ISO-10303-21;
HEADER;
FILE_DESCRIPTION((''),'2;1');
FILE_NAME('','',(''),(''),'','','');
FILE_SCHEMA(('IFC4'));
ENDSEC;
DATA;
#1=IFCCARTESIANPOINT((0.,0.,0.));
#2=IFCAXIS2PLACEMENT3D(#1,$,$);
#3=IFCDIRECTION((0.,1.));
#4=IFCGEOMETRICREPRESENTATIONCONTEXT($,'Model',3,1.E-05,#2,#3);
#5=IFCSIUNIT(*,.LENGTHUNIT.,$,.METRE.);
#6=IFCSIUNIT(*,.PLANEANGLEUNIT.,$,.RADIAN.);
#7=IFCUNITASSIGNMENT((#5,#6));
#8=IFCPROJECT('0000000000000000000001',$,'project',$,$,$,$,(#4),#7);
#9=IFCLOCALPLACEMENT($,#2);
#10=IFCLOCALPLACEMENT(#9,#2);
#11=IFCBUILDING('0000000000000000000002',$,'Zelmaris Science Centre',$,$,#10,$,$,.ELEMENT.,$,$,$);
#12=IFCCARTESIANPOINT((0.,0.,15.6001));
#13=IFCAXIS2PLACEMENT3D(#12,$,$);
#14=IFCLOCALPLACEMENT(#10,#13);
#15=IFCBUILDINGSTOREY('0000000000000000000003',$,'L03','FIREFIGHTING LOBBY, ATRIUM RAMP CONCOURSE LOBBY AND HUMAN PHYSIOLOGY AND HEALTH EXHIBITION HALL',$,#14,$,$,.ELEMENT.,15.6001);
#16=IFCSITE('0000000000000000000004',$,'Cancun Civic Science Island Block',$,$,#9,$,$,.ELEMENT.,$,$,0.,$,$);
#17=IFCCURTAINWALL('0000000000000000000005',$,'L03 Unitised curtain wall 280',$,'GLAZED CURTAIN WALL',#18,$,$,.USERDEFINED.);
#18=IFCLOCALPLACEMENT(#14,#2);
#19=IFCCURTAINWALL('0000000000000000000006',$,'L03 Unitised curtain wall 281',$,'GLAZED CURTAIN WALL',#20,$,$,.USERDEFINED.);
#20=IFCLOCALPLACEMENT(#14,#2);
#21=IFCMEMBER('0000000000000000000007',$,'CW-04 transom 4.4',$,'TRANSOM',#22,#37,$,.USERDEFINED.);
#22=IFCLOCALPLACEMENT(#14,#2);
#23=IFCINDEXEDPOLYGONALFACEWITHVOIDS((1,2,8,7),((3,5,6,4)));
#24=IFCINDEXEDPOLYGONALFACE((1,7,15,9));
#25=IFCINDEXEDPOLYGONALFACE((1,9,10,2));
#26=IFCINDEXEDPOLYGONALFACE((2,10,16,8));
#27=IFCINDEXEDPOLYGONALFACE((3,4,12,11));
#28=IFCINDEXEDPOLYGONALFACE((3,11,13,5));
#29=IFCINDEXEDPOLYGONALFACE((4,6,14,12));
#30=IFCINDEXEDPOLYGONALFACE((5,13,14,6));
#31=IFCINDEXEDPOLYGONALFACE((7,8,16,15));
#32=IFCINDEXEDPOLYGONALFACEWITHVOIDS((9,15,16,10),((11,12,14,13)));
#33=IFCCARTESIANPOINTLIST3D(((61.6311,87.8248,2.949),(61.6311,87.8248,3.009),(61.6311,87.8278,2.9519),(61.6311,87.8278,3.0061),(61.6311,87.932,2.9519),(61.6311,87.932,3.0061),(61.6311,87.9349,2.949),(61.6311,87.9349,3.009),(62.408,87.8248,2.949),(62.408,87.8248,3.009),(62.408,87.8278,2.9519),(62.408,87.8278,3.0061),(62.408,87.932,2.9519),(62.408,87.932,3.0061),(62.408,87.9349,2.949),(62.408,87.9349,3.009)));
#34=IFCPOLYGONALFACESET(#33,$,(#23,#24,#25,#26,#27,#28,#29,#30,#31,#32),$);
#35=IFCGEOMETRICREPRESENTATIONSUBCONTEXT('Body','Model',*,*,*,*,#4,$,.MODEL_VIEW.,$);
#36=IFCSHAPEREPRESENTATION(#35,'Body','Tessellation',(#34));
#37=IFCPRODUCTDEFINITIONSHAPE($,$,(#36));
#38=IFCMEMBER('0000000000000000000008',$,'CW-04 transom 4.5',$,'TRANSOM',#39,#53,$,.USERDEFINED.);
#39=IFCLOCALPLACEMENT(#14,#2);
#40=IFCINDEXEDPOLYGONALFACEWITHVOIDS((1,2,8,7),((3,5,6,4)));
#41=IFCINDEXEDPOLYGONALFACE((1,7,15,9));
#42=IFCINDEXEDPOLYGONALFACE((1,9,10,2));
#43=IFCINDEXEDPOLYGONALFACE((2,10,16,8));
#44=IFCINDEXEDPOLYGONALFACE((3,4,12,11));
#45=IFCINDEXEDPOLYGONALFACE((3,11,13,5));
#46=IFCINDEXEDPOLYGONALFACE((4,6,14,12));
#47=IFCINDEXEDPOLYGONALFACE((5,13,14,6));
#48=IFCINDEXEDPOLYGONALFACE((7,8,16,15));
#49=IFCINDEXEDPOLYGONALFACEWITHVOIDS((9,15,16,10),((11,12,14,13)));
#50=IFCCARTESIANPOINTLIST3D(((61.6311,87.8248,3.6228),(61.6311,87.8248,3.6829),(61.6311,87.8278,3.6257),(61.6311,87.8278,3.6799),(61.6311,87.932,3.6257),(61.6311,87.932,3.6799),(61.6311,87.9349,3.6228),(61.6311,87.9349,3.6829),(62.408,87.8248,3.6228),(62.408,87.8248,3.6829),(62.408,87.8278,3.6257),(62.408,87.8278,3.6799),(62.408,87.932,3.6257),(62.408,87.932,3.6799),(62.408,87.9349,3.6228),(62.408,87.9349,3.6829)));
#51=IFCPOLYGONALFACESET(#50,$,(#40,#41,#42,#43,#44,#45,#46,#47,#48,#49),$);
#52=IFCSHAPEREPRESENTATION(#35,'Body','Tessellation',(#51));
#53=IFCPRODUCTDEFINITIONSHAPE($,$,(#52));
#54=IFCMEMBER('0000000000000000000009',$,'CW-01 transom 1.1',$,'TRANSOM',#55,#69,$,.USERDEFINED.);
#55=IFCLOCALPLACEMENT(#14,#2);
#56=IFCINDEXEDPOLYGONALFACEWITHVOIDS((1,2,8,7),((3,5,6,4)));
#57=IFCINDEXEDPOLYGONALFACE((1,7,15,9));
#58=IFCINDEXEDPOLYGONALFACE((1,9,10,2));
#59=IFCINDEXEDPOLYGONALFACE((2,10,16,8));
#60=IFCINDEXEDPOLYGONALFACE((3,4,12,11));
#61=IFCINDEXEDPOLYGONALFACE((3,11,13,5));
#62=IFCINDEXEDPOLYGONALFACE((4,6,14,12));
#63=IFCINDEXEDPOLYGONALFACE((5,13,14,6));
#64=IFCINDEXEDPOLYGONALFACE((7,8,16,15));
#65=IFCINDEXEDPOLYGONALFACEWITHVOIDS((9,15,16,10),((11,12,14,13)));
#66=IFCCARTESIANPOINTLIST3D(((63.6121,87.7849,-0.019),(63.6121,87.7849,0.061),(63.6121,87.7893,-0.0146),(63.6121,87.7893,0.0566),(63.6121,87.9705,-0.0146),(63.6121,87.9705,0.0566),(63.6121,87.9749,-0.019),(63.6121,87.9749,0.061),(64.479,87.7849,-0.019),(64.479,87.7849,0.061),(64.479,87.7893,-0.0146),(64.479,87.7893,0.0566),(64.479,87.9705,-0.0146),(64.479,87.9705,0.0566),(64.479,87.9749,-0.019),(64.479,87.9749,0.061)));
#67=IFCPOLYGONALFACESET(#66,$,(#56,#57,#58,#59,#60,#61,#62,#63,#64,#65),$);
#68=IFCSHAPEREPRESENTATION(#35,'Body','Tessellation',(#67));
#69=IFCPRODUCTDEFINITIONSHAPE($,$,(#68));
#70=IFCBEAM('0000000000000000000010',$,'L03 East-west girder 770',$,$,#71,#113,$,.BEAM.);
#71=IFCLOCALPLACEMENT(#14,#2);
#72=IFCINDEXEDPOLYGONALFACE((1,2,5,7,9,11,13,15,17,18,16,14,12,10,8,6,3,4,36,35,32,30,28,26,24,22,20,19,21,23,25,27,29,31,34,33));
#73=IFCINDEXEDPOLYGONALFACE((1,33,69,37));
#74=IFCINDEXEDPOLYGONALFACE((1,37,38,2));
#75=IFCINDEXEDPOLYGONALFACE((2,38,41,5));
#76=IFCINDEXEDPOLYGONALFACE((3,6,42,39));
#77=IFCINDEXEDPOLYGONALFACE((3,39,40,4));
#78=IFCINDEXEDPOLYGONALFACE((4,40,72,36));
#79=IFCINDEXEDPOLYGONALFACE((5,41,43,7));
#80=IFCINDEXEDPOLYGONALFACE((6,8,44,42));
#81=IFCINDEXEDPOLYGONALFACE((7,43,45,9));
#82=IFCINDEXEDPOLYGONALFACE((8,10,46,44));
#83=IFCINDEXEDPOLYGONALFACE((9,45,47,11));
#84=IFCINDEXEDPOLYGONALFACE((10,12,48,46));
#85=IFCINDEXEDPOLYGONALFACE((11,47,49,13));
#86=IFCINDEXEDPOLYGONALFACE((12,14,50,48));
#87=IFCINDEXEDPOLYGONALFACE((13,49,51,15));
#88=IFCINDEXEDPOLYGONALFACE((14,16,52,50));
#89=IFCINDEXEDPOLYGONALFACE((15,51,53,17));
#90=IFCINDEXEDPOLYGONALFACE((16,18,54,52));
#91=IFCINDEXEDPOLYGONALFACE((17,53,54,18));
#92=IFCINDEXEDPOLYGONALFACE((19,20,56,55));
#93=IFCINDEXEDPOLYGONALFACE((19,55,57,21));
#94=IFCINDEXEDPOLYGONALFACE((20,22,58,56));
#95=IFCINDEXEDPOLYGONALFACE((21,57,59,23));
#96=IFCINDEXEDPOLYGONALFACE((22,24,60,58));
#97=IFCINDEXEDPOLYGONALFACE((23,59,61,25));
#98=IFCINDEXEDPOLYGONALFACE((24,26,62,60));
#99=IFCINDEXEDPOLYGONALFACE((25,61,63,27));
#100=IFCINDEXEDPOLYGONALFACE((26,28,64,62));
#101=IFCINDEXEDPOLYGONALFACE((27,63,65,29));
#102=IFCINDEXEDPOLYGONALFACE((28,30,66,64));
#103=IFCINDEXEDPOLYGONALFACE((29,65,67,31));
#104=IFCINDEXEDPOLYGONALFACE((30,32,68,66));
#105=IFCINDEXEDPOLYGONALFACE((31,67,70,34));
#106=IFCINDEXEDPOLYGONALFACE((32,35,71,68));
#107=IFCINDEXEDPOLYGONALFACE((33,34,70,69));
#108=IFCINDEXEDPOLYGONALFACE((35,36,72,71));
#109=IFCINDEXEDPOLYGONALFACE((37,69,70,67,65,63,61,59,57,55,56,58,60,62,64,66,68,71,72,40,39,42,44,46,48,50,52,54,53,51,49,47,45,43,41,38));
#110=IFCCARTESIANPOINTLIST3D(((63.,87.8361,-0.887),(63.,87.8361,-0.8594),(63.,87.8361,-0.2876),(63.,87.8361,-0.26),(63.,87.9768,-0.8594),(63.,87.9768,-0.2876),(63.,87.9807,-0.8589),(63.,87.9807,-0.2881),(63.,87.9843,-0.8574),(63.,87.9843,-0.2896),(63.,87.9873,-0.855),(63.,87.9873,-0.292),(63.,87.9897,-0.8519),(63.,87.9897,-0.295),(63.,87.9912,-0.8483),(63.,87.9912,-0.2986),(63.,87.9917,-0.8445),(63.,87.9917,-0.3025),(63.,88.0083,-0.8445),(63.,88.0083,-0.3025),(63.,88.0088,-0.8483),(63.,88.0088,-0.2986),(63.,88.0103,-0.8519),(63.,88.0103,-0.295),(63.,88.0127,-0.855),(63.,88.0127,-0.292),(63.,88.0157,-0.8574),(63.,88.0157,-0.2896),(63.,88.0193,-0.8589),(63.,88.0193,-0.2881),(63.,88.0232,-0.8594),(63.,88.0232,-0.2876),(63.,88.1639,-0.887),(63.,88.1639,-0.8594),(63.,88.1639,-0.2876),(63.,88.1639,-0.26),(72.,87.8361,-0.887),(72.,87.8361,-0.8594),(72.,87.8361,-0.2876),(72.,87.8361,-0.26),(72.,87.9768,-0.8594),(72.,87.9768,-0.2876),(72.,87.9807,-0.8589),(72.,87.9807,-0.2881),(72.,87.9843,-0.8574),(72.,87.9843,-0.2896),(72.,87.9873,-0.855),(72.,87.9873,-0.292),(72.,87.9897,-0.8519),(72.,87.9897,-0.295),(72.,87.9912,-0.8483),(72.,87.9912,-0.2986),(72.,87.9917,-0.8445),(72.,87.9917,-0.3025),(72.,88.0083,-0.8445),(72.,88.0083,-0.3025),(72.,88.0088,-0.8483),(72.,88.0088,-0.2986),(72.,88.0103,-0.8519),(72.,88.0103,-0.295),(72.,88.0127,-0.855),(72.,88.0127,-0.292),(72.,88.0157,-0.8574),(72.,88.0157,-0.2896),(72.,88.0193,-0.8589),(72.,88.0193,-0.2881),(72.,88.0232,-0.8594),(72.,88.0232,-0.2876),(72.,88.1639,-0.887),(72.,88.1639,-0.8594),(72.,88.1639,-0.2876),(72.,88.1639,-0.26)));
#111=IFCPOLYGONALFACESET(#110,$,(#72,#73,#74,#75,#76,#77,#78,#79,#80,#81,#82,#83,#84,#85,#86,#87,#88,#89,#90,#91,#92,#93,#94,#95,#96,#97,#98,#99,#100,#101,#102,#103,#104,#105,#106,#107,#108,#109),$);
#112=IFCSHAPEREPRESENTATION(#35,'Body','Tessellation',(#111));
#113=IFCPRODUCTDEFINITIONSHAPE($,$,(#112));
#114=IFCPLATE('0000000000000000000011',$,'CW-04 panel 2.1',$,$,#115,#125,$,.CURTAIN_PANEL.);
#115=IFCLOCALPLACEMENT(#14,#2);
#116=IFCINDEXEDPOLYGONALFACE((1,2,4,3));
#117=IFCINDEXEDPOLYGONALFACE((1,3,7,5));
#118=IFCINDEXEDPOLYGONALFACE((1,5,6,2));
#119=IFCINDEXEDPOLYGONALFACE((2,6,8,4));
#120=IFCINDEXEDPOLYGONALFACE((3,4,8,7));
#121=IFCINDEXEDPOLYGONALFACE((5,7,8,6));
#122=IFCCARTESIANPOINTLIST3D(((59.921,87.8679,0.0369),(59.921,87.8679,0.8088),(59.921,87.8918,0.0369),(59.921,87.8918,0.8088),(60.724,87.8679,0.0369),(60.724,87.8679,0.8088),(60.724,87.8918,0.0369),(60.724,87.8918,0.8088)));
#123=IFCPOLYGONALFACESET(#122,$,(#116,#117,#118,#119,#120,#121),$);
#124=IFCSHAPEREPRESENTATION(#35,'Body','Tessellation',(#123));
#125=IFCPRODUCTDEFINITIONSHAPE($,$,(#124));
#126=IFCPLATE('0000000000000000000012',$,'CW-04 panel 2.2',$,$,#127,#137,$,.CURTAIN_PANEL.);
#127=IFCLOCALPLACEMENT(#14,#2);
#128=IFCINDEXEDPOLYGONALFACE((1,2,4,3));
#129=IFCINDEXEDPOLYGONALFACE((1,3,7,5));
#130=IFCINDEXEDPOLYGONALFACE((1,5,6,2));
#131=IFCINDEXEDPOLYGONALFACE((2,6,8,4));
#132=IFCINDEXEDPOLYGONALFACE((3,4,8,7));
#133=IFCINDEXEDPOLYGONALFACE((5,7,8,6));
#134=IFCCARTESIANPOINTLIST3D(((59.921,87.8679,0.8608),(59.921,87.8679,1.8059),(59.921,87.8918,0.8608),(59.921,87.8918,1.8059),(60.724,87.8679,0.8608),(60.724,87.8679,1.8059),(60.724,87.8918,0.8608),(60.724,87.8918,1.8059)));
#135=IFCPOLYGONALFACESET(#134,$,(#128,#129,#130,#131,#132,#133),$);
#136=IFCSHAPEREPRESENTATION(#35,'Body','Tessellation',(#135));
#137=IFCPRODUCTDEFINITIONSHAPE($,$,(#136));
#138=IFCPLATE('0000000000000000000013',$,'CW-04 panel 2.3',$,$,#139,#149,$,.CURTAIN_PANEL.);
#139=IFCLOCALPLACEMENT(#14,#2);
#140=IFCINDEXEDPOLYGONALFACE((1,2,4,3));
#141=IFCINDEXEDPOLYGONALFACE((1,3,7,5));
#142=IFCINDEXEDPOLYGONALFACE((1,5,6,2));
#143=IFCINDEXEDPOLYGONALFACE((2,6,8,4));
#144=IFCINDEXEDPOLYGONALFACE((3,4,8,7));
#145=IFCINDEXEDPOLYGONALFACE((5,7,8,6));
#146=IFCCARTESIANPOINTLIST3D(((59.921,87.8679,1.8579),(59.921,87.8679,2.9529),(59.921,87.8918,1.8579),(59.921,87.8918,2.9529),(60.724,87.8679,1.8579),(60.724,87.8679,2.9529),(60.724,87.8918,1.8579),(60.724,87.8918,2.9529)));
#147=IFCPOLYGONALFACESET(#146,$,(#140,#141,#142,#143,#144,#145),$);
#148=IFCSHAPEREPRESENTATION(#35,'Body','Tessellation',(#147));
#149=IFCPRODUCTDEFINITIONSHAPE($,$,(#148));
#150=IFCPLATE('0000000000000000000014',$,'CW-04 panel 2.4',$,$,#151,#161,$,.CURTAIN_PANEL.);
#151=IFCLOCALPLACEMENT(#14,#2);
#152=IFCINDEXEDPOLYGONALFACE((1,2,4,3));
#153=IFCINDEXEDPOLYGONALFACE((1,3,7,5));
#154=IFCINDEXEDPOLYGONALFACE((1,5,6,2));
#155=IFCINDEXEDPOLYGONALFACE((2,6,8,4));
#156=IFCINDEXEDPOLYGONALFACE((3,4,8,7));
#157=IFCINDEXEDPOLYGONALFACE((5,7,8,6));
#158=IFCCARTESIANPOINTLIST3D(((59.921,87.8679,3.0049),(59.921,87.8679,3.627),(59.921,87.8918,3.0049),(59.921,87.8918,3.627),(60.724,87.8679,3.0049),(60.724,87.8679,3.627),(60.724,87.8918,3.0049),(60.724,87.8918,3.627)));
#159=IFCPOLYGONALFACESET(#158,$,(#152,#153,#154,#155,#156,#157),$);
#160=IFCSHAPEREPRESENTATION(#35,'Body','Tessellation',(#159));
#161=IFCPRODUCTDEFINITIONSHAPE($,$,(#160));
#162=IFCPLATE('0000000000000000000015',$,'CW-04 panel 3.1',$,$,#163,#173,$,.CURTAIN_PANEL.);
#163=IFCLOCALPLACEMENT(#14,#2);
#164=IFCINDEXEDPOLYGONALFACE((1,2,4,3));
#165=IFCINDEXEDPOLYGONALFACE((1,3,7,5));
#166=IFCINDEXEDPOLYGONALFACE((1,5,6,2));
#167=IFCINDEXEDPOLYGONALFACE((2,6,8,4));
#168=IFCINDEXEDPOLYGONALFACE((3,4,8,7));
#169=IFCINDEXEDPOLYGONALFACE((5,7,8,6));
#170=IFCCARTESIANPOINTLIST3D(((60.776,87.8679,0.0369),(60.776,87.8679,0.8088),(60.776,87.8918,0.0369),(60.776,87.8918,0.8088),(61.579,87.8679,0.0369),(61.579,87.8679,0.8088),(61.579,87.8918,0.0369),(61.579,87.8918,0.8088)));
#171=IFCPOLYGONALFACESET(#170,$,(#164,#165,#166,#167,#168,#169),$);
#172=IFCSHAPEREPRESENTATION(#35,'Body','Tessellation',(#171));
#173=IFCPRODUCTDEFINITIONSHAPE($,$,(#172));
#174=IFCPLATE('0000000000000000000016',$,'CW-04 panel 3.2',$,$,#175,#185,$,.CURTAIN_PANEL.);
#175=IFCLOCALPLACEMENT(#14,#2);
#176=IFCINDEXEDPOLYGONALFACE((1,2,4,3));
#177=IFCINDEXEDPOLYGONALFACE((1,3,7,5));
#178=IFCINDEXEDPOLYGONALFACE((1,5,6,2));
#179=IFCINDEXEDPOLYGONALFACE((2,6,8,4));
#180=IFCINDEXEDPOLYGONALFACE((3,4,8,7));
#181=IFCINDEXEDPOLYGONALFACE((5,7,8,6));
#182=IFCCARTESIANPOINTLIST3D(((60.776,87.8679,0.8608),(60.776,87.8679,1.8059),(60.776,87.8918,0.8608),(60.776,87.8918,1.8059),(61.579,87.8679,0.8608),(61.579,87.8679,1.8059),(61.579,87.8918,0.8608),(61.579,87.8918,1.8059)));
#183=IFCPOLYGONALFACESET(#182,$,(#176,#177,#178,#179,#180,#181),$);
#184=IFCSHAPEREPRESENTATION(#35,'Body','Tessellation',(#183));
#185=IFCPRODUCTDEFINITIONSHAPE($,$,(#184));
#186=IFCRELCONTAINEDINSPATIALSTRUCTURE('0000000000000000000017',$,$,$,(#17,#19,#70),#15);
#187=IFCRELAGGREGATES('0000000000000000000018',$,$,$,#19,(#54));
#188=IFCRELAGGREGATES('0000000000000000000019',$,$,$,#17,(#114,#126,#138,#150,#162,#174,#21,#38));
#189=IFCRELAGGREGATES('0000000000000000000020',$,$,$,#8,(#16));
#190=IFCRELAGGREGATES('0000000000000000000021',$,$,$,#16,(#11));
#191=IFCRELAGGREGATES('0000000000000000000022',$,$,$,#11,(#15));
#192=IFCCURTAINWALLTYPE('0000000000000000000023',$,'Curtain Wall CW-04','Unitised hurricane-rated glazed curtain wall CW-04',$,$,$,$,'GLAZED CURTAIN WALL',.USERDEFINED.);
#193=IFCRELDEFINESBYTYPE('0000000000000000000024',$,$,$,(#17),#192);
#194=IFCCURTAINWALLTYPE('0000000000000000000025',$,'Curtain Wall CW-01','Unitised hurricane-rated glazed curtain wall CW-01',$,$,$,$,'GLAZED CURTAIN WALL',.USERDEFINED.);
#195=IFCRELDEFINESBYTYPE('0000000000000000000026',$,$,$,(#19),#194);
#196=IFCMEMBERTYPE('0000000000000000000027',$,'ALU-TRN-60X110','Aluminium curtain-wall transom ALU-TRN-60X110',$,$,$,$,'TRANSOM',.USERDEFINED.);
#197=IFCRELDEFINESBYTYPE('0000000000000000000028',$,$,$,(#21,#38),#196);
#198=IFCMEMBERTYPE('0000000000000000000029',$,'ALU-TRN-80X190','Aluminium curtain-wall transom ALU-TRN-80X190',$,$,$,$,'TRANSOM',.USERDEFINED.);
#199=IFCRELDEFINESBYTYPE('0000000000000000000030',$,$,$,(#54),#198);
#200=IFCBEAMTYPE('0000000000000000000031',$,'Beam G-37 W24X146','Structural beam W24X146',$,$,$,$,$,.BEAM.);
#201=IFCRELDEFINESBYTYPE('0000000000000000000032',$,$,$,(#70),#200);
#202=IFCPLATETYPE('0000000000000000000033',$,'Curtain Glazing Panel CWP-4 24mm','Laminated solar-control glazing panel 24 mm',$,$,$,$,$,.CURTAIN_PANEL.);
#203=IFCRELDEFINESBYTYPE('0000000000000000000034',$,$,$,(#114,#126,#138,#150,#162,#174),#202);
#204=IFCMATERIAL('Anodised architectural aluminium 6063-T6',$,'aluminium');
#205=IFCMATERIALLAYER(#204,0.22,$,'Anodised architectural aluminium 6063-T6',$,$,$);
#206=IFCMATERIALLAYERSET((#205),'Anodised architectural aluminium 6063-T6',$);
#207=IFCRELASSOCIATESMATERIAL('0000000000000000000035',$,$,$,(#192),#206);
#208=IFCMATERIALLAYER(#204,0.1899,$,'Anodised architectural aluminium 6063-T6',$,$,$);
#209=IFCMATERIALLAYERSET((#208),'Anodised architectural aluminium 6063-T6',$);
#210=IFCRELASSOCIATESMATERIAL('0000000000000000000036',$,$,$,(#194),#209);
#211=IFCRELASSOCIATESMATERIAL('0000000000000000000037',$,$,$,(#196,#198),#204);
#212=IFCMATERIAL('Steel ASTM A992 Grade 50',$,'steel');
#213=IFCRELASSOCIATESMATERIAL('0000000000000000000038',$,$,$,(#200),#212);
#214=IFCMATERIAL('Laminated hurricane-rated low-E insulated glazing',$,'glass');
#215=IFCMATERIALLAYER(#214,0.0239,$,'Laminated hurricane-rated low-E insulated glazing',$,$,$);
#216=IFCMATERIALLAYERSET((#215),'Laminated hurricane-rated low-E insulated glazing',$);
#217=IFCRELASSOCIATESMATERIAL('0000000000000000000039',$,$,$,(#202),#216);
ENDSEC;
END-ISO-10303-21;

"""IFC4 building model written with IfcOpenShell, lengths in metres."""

from ifc_helpers import new_model, si_unit, direction, frame, origin, origin_2d, place, context, subcontext, project, spatial, rectangle, hollow_rectangle, i_section, extrude, material, layer, layer_set, material_profile, profile_set, type_object, element, aggregate, save


model = new_model("IFC4")

# Units and contexts
model_context = context("Model", 3, precision=1e-05, world=origin(), true_north=direction((0.0, 1.0)))
body_context = subcontext(model_context, "Body", "Model", "MODEL_VIEW")
ifc_project = project(units=[si_unit("LENGTHUNIT", "METRE"), si_unit("PLANEANGLEUNIT", "RADIAN")], contexts=[model_context])

# Site, building, storey
site_placement = place(None, origin())
site = spatial("IfcSite", under=ifc_project, at=site_placement, Name="Cancun Civic Science Island Block", CompositionType="ELEMENT", RefElevation=0.0)
building_placement = place(site_placement, origin())
building = spatial("IfcBuilding", under=site, at=building_placement, Name="Zelmaris Science Centre", CompositionType="ELEMENT")
storey_placement = place(building_placement, frame((0.0, 0.0, 15.6001)))
storey = spatial("IfcBuildingStorey", under=building, at=storey_placement, Name="L03", Description="FIREFIGHTING LOBBY, ATRIUM RAMP CONCOURSE LOBBY AND HUMAN PHYSIOLOGY AND HEALTH EXHIBITION HALL", CompositionType="ELEMENT", Elevation=15.6001)

# Shared definitions
ifc_material_1 = material(Name="Steel ASTM A992 Grade 50", Category="steel")

# Curtain wall
ifc_material_2 = material(Name="Anodised architectural aluminium 6063-T6", Category="aluminium")
ifc_layer_1 = layer(ifc_material_2, 0.22, Name="Anodised architectural aluminium 6063-T6")
ifc_layer_set_1 = layer_set([ifc_layer_1], Name="Anodised architectural aluminium 6063-T6")
curtain_wall_type_1 = type_object("IfcCurtainWallType", Name="Curtain Wall CW-04", Description="Unitised hurricane-rated glazed curtain wall CW-04", ElementType="GLAZED CURTAIN WALL", PredefinedType="USERDEFINED", material=ifc_layer_set_1)
curtain_wall_1_placement = place(storey_placement, origin())
curtain_wall_1 = element("IfcCurtainWall", 1, at=curtain_wall_1_placement, inside=storey, type_object=curtain_wall_type_1, Name="L03 Unitised curtain wall 280", ObjectType="GLAZED CURTAIN WALL", PredefinedType="USERDEFINED")

# Curtain wall
ifc_layer_2 = layer(ifc_material_2, 0.1899, Name="Anodised architectural aluminium 6063-T6")
ifc_layer_set_2 = layer_set([ifc_layer_2], Name="Anodised architectural aluminium 6063-T6")
curtain_wall_type_2 = type_object("IfcCurtainWallType", Name="Curtain Wall CW-01", Description="Unitised hurricane-rated glazed curtain wall CW-01", ElementType="GLAZED CURTAIN WALL", PredefinedType="USERDEFINED", material=ifc_layer_set_2)
curtain_wall_2_placement = place(storey_placement, origin())
curtain_wall_2 = element("IfcCurtainWall", 2, at=curtain_wall_2_placement, inside=storey, type_object=curtain_wall_type_2, Name="L03 Unitised curtain wall 281", ObjectType="GLAZED CURTAIN WALL", PredefinedType="USERDEFINED")

# Members
ifc_material_profile_1 = material_profile(ifc_material_2, hollow_rectangle(XDim=0.0601, YDim=0.1101, WallThickness=0.0029, at=origin_2d()), Name="ALU-TRN-60X110")
ifc_profile_set_1 = profile_set([ifc_material_profile_1], Name="Anodised architectural aluminium 6063-T6")
member_type_1 = type_object("IfcMemberType", Name="ALU-TRN-60X110", Description="Aluminium curtain-wall transom ALU-TRN-60X110", ElementType="TRANSOM", PredefinedType="USERDEFINED", material=ifc_profile_set_1)
member_1_placement = place(storey_placement, frame((61.6311, 87.8799, 2.979), z_axis=(1.0, 0.0, 0.0), x_axis=(0.0, 0.0, 1.0)))
member_1 = element("IfcMember", 3, at=member_1_placement, type_object=member_type_1, Name="CW-04 transom 4.4", ObjectType="TRANSOM", PredefinedType="USERDEFINED", context=body_context, shape_type="SweptSolid", body=[
    extrude(hollow_rectangle(XDim=0.0601, YDim=0.1101, WallThickness=0.0029, at=origin_2d()), origin(), (0.0, 0.0, 1.0), 0.7769),
])
member_2_placement = place(storey_placement, frame((61.6311, 87.8799, 3.6528), z_axis=(1.0, 0.0, 0.0), x_axis=(0.0, 0.0, 1.0)))
member_2 = element("IfcMember", 4, at=member_2_placement, type_object=member_type_1, Name="CW-04 transom 4.5", ObjectType="TRANSOM", PredefinedType="USERDEFINED", context=body_context, shape_type="SweptSolid", body=[
    extrude(hollow_rectangle(XDim=0.0601, YDim=0.1101, WallThickness=0.0029, at=origin_2d()), origin(), (0.0, 0.0, 1.0), 0.7769),
])
ifc_material_profile_2 = material_profile(ifc_material_2, hollow_rectangle(XDim=0.0801, YDim=0.1899, WallThickness=0.0044, at=origin_2d()), Name="ALU-TRN-80X190")
ifc_profile_set_2 = profile_set([ifc_material_profile_2], Name="Anodised architectural aluminium 6063-T6")
member_type_2 = type_object("IfcMemberType", Name="ALU-TRN-80X190", Description="Aluminium curtain-wall transom ALU-TRN-80X190", ElementType="TRANSOM", PredefinedType="USERDEFINED", material=ifc_profile_set_2)
member_3_placement = place(storey_placement, frame((63.6121, 87.8799, 0.021), z_axis=(1.0, 0.0, 0.0), x_axis=(0.0, 0.0, 1.0)))
member_3 = element("IfcMember", 5, at=member_3_placement, type_object=member_type_2, Name="CW-01 transom 1.1", ObjectType="TRANSOM", PredefinedType="USERDEFINED", context=body_context, shape_type="SweptSolid", body=[
    extrude(hollow_rectangle(XDim=0.0801, YDim=0.1899, WallThickness=0.0044, at=origin_2d()), origin(), (0.0, 0.0, 1.0), 0.8669),
])
aggregate(curtain_wall_2, [member_3])

# Beam
ifc_material_profile_3 = material_profile(ifc_material_1, i_section(OverallWidth=0.3279, OverallDepth=0.627, WebThickness=0.0166, FlangeThickness=0.0276, FilletRadius=0.0149, at=origin_2d()), Name="W24X146")
ifc_profile_set_3 = profile_set([ifc_material_profile_3], Name="Steel ASTM A992 Grade 50")
beam_type = type_object("IfcBeamType", Name="Beam G-37 W24X146", Description="Structural beam W24X146", PredefinedType="BEAM", material=ifc_profile_set_3)
beam_placement = place(storey_placement, frame((63.0, 88.0, -0.5735), z_axis=(1.0, 0.0, 0.0), x_axis=(0.0, 1.0, 0.0)))
element("IfcBeam", 6, at=beam_placement, inside=storey, type_object=beam_type, Name="L03 East-west girder 770", PredefinedType="BEAM", context=body_context, shape_type="SweptSolid", body=[
    extrude(i_section(OverallWidth=0.3279, OverallDepth=0.627, WebThickness=0.0166, FlangeThickness=0.0276, FilletRadius=0.0149, at=origin_2d()), origin(), (0.0, 0.0, 1.0), 9.0),
])

# Plates
ifc_material_3 = material(Name="Laminated hurricane-rated low-E insulated glazing", Category="glass")
ifc_layer_3 = layer(ifc_material_3, 0.0239, Name="Laminated hurricane-rated low-E insulated glazing")
ifc_layer_set_3 = layer_set([ifc_layer_3], Name="Laminated hurricane-rated low-E insulated glazing")
plate_type = type_object("IfcPlateType", Name="Curtain Glazing Panel CWP-4 24mm", Description="Laminated solar-control glazing panel 24 mm", PredefinedType="CURTAIN_PANEL", material=ifc_layer_set_3)
plate_1_placement = place(storey_placement, frame((60.3225, 87.8799, 0.0369), z_axis=(0.0, 0.0, 1.0), x_axis=(1.0, 0.0, 0.0)))
plate_1 = element("IfcPlate", 7, at=plate_1_placement, type_object=plate_type, Name="CW-04 panel 2.1", PredefinedType="CURTAIN_PANEL", context=body_context, shape_type="SweptSolid", body=[
    extrude(rectangle(XDim=0.803, YDim=0.0239, at=origin_2d()), origin(), (0.0, 0.0, 1.0), 0.772),
])
plate_2_placement = place(storey_placement, frame((60.3225, 87.8799, 0.8608), z_axis=(0.0, 0.0, 1.0), x_axis=(1.0, 0.0, 0.0)))
plate_2 = element("IfcPlate", 8, at=plate_2_placement, type_object=plate_type, Name="CW-04 panel 2.2", PredefinedType="CURTAIN_PANEL", context=body_context, shape_type="SweptSolid", body=[
    extrude(rectangle(XDim=0.803, YDim=0.0239, at=origin_2d()), origin(), (0.0, 0.0, 1.0), 0.9451),
])
plate_3_placement = place(storey_placement, frame((60.3225, 87.8799, 1.8579), z_axis=(0.0, 0.0, 1.0), x_axis=(1.0, 0.0, 0.0)))
plate_3 = element("IfcPlate", 9, at=plate_3_placement, type_object=plate_type, Name="CW-04 panel 2.3", PredefinedType="CURTAIN_PANEL", context=body_context, shape_type="SweptSolid", body=[
    extrude(rectangle(XDim=0.803, YDim=0.0239, at=origin_2d()), origin(), (0.0, 0.0, 1.0), 1.095),
])
plate_4_placement = place(storey_placement, frame((60.3225, 87.8799, 3.0049), z_axis=(0.0, 0.0, 1.0), x_axis=(1.0, 0.0, 0.0)))
plate_4 = element("IfcPlate", 10, at=plate_4_placement, type_object=plate_type, Name="CW-04 panel 2.4", PredefinedType="CURTAIN_PANEL", context=body_context, shape_type="SweptSolid", body=[
    extrude(rectangle(XDim=0.803, YDim=0.0239, at=origin_2d()), origin(), (0.0, 0.0, 1.0), 0.6221),
])
plate_5_placement = place(storey_placement, frame((61.1775, 87.8799, 0.0369), z_axis=(0.0, 0.0, 1.0), x_axis=(1.0, 0.0, 0.0)))
plate_5 = element("IfcPlate", 11, at=plate_5_placement, type_object=plate_type, Name="CW-04 panel 3.1", PredefinedType="CURTAIN_PANEL", context=body_context, shape_type="SweptSolid", body=[
    extrude(rectangle(XDim=0.803, YDim=0.0239, at=origin_2d()), origin(), (0.0, 0.0, 1.0), 0.772),
])
plate_6_placement = place(storey_placement, frame((61.1775, 87.8799, 0.8608), z_axis=(0.0, 0.0, 1.0), x_axis=(1.0, 0.0, 0.0)))
plate_6 = element("IfcPlate", 12, at=plate_6_placement, type_object=plate_type, Name="CW-04 panel 3.2", PredefinedType="CURTAIN_PANEL", context=body_context, shape_type="SweptSolid", body=[
    extrude(rectangle(XDim=0.803, YDim=0.0239, at=origin_2d()), origin(), (0.0, 0.0, 1.0), 0.9451),
])
aggregate(curtain_wall_1, [plate_1, plate_2, plate_3, plate_4, plate_5, plate_6, member_1, member_2])

save(model, "model.ifc")
